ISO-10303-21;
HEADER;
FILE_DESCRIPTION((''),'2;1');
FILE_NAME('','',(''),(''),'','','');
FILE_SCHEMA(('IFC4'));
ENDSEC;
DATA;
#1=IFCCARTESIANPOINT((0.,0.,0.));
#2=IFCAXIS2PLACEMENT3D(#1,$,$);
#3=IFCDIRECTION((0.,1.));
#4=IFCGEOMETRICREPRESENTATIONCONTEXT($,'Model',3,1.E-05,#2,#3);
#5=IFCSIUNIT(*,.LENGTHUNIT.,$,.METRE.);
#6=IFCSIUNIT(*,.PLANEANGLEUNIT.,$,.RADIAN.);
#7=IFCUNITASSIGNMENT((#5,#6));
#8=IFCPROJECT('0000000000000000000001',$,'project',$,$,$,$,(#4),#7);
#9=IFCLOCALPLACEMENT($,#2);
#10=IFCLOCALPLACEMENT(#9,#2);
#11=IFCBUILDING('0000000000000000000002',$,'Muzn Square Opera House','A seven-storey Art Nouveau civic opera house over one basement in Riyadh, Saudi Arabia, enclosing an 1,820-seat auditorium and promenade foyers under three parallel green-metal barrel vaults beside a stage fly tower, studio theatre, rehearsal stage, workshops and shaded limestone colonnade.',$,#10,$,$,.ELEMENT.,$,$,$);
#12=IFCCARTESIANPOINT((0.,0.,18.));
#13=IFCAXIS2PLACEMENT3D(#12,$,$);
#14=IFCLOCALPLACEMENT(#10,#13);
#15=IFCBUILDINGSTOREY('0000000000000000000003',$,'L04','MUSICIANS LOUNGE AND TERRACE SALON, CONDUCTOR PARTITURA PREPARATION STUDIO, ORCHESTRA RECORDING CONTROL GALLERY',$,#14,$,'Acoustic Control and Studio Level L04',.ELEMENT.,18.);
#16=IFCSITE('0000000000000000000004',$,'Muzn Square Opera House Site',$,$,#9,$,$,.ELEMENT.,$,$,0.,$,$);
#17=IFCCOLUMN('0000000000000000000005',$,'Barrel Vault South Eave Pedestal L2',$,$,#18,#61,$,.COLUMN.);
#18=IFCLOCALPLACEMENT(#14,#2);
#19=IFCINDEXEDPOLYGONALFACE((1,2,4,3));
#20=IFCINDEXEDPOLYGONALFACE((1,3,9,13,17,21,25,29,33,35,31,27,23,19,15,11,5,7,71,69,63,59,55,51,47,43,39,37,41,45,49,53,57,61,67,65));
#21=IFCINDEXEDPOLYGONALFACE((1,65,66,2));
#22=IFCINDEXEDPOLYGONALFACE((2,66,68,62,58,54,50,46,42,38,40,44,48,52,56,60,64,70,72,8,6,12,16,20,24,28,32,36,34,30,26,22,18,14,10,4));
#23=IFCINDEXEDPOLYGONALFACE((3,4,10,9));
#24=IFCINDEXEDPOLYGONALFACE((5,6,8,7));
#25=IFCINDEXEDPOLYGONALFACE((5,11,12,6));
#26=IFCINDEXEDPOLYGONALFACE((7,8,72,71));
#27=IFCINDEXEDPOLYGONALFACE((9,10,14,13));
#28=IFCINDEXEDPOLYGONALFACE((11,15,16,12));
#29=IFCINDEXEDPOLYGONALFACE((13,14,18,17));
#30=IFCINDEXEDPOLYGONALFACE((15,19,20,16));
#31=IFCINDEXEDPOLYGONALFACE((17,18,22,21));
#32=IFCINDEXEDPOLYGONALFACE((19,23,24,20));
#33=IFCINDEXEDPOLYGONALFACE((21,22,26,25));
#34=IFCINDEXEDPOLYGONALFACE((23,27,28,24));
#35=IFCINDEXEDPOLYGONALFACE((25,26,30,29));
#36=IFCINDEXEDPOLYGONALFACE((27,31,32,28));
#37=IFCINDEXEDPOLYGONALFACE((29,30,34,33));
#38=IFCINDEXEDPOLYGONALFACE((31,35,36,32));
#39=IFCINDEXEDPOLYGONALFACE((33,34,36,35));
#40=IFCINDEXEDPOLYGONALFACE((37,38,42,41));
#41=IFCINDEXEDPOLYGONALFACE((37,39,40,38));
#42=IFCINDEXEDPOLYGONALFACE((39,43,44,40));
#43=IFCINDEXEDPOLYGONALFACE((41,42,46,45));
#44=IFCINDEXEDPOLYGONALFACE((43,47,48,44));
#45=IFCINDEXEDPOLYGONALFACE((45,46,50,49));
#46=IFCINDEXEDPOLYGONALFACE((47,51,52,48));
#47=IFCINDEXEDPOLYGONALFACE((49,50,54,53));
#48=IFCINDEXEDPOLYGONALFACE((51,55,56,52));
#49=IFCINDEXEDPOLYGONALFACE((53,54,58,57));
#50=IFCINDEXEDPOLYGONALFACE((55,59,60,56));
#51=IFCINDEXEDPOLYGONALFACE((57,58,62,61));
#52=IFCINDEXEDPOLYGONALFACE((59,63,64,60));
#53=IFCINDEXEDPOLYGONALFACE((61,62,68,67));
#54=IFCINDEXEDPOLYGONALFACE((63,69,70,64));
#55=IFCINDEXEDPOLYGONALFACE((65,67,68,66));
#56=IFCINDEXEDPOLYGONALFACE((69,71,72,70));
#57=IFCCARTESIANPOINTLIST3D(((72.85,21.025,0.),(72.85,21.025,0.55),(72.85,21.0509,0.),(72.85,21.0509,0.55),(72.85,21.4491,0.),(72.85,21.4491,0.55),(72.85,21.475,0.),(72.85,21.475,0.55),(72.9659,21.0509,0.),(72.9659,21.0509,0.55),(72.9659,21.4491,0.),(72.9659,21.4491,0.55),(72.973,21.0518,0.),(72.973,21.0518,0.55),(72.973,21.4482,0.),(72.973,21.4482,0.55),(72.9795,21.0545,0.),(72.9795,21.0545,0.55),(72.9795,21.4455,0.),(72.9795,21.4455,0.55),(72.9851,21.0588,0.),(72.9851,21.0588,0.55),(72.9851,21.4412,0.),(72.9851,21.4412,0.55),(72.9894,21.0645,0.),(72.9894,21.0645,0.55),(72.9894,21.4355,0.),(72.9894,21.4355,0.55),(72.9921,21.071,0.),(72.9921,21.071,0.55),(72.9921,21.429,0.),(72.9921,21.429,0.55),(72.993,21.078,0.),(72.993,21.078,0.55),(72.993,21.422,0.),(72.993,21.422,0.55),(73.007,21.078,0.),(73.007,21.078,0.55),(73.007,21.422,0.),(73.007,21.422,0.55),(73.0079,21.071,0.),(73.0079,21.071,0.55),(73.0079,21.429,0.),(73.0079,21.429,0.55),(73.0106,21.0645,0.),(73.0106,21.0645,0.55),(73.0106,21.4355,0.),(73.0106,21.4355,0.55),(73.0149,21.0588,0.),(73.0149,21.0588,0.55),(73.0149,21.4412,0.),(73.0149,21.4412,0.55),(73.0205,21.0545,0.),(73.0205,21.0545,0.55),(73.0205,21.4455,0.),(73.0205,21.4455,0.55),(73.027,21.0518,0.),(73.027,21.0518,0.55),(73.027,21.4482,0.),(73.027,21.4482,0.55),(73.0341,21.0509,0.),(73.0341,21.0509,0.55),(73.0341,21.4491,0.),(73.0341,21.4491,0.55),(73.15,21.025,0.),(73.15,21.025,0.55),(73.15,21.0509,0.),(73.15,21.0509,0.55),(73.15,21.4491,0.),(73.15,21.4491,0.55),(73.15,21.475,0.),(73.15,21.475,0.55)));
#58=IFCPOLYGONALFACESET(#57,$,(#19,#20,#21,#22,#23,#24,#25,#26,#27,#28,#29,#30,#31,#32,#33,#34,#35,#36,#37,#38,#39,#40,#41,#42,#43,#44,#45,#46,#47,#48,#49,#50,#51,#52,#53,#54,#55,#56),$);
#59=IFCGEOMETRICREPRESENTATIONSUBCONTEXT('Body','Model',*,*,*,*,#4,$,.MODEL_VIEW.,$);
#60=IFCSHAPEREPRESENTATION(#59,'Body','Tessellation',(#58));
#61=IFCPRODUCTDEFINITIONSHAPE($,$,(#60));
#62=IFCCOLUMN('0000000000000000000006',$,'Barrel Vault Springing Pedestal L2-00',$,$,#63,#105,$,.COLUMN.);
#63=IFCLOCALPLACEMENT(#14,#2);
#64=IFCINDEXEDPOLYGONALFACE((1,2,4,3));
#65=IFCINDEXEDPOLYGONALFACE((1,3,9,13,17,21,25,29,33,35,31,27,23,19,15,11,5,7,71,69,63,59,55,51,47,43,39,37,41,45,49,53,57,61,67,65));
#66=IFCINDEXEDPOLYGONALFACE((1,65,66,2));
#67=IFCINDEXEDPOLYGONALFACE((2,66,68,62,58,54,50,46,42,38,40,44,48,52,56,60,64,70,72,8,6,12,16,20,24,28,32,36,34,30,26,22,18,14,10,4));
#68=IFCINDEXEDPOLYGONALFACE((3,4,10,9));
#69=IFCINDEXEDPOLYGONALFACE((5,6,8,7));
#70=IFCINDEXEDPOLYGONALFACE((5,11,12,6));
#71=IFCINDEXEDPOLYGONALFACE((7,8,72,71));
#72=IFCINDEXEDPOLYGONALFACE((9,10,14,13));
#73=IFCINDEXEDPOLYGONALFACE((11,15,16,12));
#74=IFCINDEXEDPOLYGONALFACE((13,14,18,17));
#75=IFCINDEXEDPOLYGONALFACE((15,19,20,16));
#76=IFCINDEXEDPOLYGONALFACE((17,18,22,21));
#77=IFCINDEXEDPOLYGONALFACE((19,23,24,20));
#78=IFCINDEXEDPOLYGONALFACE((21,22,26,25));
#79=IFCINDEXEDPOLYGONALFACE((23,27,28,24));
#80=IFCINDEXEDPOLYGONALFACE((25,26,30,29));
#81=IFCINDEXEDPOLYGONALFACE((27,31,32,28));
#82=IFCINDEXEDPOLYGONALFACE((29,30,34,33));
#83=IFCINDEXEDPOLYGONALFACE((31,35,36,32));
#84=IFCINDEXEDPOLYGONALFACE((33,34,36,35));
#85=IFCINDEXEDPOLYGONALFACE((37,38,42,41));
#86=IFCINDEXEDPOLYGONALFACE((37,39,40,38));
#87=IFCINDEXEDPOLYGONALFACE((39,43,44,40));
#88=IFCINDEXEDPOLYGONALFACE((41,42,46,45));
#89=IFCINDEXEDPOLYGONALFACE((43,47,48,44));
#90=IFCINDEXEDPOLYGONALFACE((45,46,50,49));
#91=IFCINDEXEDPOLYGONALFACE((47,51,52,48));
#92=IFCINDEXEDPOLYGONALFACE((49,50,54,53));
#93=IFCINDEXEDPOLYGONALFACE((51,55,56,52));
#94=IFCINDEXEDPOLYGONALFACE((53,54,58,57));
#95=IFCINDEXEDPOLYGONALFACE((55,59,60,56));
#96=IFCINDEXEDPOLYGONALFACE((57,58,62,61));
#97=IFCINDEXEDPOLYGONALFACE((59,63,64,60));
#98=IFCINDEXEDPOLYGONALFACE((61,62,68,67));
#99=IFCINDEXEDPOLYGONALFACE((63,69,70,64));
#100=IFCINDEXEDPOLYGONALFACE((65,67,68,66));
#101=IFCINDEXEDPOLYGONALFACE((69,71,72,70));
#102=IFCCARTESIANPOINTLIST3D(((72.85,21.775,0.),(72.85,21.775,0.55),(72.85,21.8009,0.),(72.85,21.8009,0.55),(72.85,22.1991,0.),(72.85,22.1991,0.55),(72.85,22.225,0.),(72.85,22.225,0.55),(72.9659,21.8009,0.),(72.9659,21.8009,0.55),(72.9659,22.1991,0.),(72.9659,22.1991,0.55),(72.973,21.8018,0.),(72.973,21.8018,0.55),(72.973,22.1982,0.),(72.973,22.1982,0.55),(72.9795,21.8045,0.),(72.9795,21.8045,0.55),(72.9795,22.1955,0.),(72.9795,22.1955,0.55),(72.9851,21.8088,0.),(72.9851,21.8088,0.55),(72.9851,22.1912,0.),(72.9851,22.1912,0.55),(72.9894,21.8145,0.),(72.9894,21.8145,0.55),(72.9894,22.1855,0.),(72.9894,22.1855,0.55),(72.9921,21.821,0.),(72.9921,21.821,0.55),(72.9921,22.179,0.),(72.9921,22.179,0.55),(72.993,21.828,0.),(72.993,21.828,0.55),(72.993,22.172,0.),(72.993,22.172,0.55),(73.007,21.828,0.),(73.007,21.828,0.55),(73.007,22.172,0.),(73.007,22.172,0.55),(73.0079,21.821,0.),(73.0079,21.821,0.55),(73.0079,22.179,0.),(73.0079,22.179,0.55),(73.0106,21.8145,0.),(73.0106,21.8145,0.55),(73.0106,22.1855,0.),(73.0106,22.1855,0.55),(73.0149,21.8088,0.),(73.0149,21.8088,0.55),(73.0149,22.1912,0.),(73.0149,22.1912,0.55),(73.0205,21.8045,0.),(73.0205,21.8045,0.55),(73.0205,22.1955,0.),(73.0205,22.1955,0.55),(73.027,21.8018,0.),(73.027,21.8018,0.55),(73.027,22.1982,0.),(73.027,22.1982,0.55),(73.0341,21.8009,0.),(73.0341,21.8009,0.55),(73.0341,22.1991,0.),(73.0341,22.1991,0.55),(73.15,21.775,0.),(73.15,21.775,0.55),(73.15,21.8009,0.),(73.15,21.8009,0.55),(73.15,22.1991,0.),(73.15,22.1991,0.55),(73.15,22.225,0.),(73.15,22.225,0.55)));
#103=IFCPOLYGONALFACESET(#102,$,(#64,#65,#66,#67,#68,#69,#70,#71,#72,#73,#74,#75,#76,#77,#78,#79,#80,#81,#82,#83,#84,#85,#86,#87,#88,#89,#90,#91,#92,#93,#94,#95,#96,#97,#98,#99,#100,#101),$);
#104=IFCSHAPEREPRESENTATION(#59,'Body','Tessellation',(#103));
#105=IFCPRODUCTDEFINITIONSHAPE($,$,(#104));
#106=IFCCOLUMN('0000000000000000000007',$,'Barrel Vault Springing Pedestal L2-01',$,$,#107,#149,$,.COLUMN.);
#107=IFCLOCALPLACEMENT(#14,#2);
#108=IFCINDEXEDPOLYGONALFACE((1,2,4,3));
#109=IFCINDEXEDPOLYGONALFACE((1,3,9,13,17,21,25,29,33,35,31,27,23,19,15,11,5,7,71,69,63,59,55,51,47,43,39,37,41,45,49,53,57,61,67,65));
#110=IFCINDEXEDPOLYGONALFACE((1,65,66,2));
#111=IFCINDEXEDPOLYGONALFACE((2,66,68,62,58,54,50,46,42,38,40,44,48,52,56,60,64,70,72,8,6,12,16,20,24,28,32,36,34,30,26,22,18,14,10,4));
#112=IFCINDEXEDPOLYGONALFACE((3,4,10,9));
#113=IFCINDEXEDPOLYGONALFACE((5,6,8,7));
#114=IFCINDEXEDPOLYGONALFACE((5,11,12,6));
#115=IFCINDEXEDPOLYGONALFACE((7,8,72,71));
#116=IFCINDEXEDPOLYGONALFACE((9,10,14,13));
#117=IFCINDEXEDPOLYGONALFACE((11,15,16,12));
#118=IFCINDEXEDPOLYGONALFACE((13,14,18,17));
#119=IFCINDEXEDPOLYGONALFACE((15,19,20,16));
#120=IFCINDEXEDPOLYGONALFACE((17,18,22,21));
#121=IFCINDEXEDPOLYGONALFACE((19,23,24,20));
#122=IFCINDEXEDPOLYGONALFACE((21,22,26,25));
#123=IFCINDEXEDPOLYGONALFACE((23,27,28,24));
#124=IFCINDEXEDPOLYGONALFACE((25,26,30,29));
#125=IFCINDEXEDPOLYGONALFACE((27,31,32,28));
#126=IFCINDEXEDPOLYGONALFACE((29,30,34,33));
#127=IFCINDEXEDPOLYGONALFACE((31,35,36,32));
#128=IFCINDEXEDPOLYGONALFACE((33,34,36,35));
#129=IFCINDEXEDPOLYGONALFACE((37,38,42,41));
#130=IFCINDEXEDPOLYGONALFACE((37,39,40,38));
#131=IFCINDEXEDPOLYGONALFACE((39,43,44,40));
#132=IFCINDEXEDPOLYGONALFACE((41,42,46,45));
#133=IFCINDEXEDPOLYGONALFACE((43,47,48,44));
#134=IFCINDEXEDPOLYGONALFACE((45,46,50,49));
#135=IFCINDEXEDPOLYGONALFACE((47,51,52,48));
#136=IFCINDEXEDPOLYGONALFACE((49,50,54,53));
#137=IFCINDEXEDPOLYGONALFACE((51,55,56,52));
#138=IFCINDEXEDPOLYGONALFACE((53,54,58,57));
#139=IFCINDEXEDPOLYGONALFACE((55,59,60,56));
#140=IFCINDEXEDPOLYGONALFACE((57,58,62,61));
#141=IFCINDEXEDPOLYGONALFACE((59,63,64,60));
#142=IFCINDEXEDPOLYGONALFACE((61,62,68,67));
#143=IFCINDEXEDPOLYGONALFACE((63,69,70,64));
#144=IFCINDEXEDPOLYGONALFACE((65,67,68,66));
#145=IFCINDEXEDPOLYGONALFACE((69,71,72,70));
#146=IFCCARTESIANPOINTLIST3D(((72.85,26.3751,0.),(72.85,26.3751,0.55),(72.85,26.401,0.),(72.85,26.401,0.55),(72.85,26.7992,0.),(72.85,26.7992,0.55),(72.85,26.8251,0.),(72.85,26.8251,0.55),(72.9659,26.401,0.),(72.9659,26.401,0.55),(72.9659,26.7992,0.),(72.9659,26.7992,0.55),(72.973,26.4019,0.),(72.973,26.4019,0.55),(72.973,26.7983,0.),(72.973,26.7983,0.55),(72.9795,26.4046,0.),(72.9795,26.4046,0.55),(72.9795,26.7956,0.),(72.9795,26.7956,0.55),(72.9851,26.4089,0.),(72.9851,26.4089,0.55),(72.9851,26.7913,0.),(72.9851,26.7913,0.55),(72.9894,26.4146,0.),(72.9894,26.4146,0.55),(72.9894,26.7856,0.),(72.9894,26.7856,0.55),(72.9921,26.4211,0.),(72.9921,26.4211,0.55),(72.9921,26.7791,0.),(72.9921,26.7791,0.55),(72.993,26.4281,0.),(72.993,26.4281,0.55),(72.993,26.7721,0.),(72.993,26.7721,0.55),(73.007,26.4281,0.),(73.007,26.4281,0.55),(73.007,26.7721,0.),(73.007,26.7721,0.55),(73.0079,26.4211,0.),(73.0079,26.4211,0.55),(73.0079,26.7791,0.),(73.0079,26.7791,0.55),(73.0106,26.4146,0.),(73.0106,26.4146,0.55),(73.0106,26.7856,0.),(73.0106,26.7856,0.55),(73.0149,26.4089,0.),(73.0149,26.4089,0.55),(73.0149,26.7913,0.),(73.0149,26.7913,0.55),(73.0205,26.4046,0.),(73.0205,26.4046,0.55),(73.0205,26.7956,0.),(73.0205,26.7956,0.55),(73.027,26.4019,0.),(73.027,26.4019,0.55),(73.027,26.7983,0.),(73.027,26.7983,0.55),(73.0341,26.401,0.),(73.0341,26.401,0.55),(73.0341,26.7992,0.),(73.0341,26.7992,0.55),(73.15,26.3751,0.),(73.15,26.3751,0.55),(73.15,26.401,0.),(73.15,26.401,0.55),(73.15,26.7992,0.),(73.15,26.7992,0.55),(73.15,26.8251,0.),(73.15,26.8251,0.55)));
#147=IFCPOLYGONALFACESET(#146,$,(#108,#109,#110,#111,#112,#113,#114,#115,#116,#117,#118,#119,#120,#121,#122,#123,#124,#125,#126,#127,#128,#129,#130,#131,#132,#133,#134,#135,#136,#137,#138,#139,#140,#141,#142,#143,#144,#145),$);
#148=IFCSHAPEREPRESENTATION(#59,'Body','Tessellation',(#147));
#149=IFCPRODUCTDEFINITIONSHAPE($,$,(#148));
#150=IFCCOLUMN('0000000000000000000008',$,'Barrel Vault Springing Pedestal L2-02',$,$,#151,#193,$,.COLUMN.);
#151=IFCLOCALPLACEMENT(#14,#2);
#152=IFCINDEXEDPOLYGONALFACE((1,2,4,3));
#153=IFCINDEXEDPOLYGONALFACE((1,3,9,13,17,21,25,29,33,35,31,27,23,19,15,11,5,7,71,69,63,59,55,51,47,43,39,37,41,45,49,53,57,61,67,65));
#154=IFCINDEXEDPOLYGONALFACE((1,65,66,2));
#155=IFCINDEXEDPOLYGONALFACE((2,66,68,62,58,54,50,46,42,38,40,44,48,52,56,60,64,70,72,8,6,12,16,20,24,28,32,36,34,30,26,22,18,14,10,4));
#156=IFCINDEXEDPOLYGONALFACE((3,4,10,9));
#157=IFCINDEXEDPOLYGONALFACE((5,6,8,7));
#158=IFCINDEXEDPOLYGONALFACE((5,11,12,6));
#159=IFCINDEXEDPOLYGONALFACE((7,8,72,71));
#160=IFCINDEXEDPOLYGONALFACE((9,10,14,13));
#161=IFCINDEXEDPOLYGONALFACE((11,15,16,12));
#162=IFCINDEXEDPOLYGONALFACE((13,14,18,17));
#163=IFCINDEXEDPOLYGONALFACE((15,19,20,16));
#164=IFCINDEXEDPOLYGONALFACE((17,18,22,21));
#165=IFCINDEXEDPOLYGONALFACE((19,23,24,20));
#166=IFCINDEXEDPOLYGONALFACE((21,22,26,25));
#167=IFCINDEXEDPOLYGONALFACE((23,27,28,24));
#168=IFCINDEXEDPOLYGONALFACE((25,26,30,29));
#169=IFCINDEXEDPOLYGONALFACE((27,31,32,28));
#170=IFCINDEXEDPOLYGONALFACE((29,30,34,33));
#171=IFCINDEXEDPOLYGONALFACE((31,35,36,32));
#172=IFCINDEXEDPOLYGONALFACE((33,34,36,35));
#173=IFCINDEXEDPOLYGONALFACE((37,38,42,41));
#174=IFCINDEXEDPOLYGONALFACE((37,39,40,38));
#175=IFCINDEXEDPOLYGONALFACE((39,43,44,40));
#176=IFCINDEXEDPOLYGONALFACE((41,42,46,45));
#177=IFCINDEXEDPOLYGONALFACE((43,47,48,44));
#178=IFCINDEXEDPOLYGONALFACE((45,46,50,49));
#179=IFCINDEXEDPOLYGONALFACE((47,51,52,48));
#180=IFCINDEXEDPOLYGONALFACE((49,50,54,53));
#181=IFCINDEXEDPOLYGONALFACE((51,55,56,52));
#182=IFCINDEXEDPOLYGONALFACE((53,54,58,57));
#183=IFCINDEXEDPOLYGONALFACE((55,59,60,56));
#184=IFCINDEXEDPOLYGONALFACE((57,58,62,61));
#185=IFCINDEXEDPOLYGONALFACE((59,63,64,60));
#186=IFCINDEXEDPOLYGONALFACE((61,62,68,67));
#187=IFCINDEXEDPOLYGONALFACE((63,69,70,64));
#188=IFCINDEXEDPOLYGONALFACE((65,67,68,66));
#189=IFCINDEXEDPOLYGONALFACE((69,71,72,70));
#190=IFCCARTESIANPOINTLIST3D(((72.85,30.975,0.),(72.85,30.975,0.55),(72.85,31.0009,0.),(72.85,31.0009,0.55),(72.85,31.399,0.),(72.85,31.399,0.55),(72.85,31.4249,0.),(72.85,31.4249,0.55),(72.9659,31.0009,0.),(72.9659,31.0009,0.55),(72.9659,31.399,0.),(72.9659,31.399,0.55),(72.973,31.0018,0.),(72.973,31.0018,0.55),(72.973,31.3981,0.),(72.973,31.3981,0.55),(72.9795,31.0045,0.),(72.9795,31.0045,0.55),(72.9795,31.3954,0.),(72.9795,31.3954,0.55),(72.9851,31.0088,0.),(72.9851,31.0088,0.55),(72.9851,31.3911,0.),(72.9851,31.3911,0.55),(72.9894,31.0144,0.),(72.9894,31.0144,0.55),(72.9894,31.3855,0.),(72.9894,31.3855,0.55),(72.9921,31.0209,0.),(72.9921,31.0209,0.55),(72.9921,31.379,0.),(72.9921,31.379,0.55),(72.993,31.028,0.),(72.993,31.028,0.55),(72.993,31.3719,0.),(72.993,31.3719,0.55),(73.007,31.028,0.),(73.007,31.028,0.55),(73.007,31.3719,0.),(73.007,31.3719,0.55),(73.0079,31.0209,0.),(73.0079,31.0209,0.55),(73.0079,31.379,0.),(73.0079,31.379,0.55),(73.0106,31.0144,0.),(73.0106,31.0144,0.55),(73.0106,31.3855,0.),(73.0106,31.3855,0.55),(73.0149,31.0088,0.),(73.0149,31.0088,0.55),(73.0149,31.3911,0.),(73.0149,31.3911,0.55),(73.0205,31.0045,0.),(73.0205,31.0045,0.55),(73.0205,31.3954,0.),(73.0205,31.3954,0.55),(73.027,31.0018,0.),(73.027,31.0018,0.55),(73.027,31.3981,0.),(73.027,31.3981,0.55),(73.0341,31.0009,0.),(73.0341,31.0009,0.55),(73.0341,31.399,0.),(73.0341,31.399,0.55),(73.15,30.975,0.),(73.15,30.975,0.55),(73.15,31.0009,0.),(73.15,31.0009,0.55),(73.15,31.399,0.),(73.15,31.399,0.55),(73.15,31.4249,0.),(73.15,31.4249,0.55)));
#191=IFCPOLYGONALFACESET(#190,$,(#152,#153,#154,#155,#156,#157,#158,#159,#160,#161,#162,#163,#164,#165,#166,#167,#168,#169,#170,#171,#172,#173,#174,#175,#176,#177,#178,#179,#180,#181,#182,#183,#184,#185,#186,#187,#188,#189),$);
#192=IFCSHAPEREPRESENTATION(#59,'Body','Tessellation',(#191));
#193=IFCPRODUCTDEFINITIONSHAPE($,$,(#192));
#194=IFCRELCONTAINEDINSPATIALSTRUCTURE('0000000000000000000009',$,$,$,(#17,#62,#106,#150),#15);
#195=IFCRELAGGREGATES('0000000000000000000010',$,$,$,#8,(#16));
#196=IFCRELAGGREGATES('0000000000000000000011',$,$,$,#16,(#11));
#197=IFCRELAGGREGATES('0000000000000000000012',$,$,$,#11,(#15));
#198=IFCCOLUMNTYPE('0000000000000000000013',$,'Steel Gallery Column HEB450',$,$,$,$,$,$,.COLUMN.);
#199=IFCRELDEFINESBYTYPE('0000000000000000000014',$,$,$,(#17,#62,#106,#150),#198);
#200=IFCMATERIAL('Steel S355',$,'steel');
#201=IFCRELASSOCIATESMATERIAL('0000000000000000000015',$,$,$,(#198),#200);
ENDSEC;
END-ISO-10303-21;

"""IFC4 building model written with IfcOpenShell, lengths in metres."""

from ifc_helpers import new_model, si_unit, direction, frame, origin, origin_2d, place, context, subcontext, project, spatial, i_section, extrude, material, material_profile, profile_set, type_object, element, save


model = new_model("IFC4")

# Units and contexts
model_context = context("Model", 3, precision=1e-05, world=origin(), true_north=direction((0.0, 1.0)))
body_context = subcontext(model_context, "Body", "Model", "MODEL_VIEW")
ifc_project = project(units=[si_unit("LENGTHUNIT", "METRE"), si_unit("PLANEANGLEUNIT", "RADIAN")], contexts=[model_context])

# Site, building, storey
site_placement = place(None, origin())
site = spatial("IfcSite", under=ifc_project, at=site_placement, Name="Muzn Square Opera House Site", CompositionType="ELEMENT", RefElevation=0.0)
building_placement = place(site_placement, origin())
building = spatial("IfcBuilding", under=site, at=building_placement, Name="Muzn Square Opera House", Description="A seven-storey Art Nouveau civic opera house over one basement in Riyadh, Saudi Arabia, enclosing an 1,820-seat auditorium and promenade foyers under three parallel green-metal barrel vaults beside a stage fly tower, studio theatre, rehearsal stage, workshops and shaded limestone colonnade.", CompositionType="ELEMENT")
storey_placement = place(building_placement, frame((0.0, 0.0, 18.0)))
storey = spatial("IfcBuildingStorey", under=building, at=storey_placement, Name="L04", Description="MUSICIANS LOUNGE AND TERRACE SALON, CONDUCTOR PARTITURA PREPARATION STUDIO, ORCHESTRA RECORDING CONTROL GALLERY", LongName="Acoustic Control and Studio Level L04", CompositionType="ELEMENT", Elevation=18.0)

# Columns
ifc_material = material(Name="Steel S355", Category="steel")
ifc_material_profile_1 = material_profile(ifc_material, i_section(OverallWidth=0.3, OverallDepth=0.45, WebThickness=0.0139, FlangeThickness=0.0259, FilletRadius=0.0271, at=origin_2d()), Name="HEB 450", Category="steel")
ifc_profile_set_1 = profile_set([ifc_material_profile_1], Name="Steel S355")
column_type = type_object("IfcColumnType", Name="Steel Gallery Column HEB450", PredefinedType="COLUMN", material=ifc_profile_set_1)
for number, where, z_axis, x_axis, name in (
    (1, (73.0, 21.25, 0.0), (0.0, 0.0, 1.0), (1.0, 0.0, 0.0), "Barrel Vault South Eave Pedestal L2"),
    (2, (73.0, 22.0, 0.0), (0.0, 0.0, 1.0), (1.0, 0.0, 0.0), "Barrel Vault Springing Pedestal L2-00"),
    (3, (73.0, 26.6001, 0.0), (0.0, 0.0, 1.0), (1.0, 0.0, 0.0), "Barrel Vault Springing Pedestal L2-01"),
    (4, (73.0, 31.2, 0.0), (0.0, 0.0, 1.0), (1.0, 0.0, 0.0), "Barrel Vault Springing Pedestal L2-02"),
):
    element("IfcColumn", number, at=place(storey_placement, frame(where, z_axis=z_axis, x_axis=x_axis)), inside=storey, type_object=column_type, Name=name, PredefinedType="COLUMN", context=body_context, shape_type="SweptSolid", body=[
        extrude(i_section(OverallWidth=0.3, OverallDepth=0.45, WebThickness=0.0139, FlangeThickness=0.0259, FilletRadius=0.0271, at=origin_2d()), origin(), (0.0, 0.0, 1.0), 0.55),
    ])

save(model, "model.ifc")
